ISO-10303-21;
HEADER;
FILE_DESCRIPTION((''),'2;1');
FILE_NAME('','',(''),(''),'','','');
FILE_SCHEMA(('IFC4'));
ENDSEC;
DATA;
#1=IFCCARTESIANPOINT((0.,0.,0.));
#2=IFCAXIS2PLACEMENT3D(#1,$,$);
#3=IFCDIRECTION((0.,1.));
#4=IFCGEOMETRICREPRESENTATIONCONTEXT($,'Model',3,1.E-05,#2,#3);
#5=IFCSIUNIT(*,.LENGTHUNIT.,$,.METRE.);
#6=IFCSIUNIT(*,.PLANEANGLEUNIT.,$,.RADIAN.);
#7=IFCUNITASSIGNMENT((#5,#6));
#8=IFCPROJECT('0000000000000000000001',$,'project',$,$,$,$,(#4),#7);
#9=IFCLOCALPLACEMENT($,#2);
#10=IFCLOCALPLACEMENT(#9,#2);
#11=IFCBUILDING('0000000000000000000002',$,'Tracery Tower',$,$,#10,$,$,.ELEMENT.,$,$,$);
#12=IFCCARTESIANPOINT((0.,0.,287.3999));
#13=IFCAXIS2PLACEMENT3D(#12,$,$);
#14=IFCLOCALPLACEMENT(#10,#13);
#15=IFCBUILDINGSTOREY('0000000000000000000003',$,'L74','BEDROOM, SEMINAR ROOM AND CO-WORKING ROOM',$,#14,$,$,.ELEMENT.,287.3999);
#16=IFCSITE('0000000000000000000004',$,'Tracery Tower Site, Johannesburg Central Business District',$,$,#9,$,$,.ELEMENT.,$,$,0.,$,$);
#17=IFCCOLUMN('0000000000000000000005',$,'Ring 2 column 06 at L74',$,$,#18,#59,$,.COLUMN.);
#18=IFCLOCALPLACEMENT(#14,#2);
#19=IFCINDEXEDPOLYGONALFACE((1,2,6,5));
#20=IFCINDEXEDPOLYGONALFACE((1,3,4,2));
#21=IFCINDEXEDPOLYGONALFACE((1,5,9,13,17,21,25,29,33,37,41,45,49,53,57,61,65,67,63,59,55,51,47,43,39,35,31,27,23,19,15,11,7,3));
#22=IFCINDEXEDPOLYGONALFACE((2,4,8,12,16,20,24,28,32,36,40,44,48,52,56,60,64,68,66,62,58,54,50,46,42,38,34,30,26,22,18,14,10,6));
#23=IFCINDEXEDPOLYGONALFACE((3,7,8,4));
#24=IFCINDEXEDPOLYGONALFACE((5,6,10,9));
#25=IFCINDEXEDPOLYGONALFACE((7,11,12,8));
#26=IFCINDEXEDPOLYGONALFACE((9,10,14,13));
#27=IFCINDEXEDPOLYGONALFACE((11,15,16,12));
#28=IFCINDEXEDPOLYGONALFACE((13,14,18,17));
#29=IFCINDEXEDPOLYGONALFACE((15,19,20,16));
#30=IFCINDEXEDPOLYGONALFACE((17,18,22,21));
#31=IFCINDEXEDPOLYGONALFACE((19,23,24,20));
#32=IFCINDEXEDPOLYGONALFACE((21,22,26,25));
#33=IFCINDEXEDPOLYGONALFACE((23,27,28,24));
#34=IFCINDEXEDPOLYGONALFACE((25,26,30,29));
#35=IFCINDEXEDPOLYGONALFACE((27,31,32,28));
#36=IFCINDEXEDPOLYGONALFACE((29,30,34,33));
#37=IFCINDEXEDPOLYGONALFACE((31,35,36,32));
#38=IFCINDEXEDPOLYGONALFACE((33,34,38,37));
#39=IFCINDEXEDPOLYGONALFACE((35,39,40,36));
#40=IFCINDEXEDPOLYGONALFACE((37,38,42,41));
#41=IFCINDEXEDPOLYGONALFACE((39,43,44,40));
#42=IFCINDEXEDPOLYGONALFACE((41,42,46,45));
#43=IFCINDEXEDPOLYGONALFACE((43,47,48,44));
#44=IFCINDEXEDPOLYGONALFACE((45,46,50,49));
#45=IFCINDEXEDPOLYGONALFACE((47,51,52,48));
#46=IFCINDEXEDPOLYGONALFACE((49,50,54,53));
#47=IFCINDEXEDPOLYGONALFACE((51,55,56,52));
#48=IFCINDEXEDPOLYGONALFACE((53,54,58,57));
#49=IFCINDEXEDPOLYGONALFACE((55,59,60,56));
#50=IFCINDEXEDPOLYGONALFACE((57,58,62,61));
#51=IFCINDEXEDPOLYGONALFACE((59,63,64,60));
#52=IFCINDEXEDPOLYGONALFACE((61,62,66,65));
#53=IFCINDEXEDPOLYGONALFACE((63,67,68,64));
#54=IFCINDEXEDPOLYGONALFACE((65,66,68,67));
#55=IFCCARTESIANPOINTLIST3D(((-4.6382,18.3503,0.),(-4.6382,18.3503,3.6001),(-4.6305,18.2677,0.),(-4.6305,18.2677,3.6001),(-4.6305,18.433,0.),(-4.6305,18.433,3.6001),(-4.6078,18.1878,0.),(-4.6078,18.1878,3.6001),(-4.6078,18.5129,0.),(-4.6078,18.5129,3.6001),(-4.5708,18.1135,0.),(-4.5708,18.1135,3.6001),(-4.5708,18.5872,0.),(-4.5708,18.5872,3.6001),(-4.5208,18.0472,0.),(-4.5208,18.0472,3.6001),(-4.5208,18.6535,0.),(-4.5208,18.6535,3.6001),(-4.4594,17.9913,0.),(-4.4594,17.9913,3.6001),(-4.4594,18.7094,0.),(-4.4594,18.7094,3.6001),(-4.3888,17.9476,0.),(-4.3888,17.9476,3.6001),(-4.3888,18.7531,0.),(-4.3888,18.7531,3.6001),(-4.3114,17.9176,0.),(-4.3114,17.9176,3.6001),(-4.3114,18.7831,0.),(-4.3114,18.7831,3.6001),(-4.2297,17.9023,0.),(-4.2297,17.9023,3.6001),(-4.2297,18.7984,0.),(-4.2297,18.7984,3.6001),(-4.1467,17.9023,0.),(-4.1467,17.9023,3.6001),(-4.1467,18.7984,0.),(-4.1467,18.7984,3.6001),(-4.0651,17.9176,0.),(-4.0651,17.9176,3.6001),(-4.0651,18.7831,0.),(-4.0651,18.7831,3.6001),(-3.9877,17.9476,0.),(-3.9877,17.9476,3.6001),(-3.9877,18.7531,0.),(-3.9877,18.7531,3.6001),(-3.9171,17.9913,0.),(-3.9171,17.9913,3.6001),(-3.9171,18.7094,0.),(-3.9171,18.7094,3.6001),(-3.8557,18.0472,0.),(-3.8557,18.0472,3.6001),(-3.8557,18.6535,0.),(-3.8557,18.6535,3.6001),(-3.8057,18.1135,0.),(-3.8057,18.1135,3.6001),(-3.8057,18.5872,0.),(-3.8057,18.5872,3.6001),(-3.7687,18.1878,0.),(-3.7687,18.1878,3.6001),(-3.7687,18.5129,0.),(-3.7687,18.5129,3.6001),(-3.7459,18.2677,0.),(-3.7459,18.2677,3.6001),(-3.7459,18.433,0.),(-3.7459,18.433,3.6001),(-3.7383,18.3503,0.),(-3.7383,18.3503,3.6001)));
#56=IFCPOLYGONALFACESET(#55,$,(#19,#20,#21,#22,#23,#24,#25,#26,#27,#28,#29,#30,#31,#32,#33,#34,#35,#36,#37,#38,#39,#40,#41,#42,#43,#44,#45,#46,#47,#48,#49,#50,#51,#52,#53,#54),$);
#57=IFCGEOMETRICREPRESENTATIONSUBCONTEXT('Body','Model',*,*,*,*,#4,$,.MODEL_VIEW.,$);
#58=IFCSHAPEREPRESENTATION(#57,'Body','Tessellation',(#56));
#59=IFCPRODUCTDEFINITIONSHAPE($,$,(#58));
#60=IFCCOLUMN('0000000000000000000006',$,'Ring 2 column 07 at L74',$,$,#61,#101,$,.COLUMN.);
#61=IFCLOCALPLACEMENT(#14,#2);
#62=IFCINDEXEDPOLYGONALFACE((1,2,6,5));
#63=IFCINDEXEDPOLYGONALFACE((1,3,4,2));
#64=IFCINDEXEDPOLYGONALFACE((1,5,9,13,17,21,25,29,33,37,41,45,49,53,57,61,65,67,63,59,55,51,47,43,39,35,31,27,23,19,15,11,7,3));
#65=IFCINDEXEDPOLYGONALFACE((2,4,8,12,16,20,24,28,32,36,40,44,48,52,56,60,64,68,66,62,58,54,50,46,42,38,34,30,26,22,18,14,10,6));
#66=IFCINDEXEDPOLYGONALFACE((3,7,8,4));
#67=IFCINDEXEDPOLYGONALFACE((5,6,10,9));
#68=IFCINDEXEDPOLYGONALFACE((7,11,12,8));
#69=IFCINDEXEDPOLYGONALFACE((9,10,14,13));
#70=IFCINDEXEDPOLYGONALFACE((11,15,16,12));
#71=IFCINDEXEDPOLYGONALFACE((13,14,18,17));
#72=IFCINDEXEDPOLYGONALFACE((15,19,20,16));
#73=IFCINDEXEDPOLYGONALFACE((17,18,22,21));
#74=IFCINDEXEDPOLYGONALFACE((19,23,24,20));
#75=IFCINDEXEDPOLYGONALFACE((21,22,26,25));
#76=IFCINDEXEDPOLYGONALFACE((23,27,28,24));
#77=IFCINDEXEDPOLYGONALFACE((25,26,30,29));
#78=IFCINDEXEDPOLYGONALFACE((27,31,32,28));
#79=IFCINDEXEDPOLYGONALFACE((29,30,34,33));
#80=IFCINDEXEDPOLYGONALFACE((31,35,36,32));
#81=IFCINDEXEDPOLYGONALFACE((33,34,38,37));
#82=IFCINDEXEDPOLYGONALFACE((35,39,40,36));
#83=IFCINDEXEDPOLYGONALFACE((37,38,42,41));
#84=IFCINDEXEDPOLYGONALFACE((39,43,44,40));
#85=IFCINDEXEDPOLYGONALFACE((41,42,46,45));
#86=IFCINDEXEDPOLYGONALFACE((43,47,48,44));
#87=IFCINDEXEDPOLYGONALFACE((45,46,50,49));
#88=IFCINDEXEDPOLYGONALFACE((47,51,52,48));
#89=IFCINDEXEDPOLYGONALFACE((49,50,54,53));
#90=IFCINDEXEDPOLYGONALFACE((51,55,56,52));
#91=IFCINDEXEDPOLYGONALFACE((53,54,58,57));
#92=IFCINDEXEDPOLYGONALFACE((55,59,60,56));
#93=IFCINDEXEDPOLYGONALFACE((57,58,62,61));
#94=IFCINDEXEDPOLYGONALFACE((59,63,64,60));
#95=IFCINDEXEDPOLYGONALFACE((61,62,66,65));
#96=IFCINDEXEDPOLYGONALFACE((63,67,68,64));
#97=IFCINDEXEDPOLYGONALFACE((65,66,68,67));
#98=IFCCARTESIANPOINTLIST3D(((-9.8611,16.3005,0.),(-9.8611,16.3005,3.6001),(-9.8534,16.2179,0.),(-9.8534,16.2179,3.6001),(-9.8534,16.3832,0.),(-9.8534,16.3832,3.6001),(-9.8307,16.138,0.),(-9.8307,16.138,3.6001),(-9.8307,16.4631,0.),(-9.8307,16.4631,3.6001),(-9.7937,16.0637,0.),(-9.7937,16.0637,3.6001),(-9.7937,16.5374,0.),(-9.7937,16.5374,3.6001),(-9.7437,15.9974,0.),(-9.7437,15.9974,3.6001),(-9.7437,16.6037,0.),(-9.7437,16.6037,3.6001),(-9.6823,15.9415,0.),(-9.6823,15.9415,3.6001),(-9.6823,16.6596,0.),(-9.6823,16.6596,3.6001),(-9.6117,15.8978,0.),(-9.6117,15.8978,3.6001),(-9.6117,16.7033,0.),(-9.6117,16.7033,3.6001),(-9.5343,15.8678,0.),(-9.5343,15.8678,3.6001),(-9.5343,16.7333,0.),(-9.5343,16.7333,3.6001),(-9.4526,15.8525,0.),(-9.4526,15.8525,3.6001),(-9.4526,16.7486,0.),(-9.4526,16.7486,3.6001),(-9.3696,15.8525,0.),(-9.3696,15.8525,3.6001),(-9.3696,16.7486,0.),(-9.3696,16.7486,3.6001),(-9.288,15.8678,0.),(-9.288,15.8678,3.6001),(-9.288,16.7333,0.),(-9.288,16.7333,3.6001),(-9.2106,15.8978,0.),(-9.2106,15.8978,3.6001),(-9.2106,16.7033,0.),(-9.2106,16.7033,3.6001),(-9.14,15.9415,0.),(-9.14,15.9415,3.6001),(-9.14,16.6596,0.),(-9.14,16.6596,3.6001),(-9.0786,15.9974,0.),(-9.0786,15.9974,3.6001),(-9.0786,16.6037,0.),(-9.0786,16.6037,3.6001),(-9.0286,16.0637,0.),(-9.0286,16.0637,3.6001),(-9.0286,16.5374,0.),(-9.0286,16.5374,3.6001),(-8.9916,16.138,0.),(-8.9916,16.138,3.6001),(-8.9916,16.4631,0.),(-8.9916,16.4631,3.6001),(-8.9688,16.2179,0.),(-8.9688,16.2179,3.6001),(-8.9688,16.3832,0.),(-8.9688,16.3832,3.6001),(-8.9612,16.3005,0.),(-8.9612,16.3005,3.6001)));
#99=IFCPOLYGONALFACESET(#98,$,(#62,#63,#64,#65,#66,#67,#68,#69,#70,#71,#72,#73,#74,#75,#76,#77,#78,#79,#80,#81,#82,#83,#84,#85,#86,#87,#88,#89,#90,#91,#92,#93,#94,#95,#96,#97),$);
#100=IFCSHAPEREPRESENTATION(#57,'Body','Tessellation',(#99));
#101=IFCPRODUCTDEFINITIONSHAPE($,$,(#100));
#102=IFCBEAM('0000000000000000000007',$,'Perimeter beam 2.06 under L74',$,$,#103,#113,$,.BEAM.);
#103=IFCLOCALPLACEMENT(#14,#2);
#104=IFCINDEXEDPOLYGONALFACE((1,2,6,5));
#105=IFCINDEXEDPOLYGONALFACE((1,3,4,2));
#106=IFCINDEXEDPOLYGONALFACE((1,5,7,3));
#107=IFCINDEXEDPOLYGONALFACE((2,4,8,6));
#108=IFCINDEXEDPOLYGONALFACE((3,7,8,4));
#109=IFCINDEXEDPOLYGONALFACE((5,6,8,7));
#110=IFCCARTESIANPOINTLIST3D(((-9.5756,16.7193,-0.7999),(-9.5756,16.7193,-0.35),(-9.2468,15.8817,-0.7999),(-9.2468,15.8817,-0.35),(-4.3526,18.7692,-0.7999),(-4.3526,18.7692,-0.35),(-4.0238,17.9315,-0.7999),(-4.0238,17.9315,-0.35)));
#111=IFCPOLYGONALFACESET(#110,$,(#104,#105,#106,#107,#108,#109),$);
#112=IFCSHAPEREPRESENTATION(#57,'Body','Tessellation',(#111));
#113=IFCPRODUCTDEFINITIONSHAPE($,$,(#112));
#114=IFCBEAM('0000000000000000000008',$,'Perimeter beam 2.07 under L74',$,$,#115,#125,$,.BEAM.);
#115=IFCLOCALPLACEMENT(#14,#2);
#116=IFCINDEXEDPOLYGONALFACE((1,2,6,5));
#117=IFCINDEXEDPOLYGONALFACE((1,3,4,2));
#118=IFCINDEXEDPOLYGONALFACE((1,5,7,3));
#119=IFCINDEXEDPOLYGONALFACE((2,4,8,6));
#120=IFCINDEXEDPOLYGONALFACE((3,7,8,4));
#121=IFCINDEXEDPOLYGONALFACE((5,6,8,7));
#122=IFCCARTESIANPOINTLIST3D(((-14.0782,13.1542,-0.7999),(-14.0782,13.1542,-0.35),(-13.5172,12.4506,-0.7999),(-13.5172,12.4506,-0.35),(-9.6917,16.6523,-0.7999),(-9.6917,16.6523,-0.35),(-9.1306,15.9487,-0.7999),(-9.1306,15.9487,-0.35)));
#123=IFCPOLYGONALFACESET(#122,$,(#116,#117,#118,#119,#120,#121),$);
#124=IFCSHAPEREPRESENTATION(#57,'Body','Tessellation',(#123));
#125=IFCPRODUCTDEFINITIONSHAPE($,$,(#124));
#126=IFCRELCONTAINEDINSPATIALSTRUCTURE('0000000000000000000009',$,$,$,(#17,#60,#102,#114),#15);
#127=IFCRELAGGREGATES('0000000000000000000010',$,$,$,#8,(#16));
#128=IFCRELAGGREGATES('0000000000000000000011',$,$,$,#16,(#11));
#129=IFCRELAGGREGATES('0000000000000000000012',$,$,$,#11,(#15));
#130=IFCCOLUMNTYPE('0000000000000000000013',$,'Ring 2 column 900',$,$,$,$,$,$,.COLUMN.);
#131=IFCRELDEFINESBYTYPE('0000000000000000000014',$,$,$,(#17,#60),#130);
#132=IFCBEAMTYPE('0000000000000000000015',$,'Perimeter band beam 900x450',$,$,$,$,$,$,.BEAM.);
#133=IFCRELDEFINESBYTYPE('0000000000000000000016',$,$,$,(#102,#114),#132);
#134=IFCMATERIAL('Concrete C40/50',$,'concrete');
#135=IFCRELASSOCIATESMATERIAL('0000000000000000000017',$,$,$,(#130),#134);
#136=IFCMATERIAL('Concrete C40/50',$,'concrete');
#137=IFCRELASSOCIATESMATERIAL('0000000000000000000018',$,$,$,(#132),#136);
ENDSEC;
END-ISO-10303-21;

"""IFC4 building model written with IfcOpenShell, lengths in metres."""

from ifc_helpers import new_model, si_unit, direction, frame, origin, origin_2d, place, context, subcontext, project, spatial, rectangle, circle, extrude, material, material_profile, profile_set, type_object, element, save


model = new_model("IFC4")

# Units and contexts
model_context = context("Model", 3, precision=1e-05, world=origin(), true_north=direction((0.0, 1.0)))
body_context = subcontext(model_context, "Body", "Model", "MODEL_VIEW")
ifc_project = project(units=[si_unit("LENGTHUNIT", "METRE"), si_unit("PLANEANGLEUNIT", "RADIAN")], contexts=[model_context])

# Site, building, storey
site_placement = place(None, origin())
site = spatial("IfcSite", under=ifc_project, at=site_placement, Name="Tracery Tower Site, Johannesburg Central Business District", CompositionType="ELEMENT", RefElevation=0.0)
building_placement = place(site_placement, origin())
building = spatial("IfcBuilding", under=site, at=building_placement, Name="Tracery Tower", CompositionType="ELEMENT")
storey_placement = place(building_placement, frame((0.0, 0.0, 287.3999)))
storey = spatial("IfcBuildingStorey", under=building, at=storey_placement, Name="L74", Description="BEDROOM, SEMINAR ROOM AND CO-WORKING ROOM", CompositionType="ELEMENT", Elevation=287.3999)

# Columns
ifc_material_1 = material(Name="Concrete C40/50", Category="concrete")
ifc_material_profile_1 = material_profile(ifc_material_1, circle(Radius=0.45, at=origin_2d()), Name="RC D900")
ifc_profile_set_1 = profile_set([ifc_material_profile_1], Name="Concrete C40/50")
column_type = type_object("IfcColumnType", Name="Ring 2 column 900", PredefinedType="COLUMN", material=ifc_profile_set_1)
for number, where, z_axis, x_axis, name in (
    (1, (-4.1882, 18.3503, 0.0), (0.0, 0.0, 1.0), (1.0, 0.0, 0.0), "Ring 2 column 06 at L74"),
    (2, (-9.4111, 16.3005, 0.0), (0.0, 0.0, 1.0), (1.0, 0.0, 0.0), "Ring 2 column 07 at L74"),
):
    element("IfcColumn", number, at=place(storey_placement, frame(where, z_axis=z_axis, x_axis=x_axis)), inside=storey, type_object=column_type, Name=name, PredefinedType="COLUMN", context=body_context, shape_type="SweptSolid", body=[
        extrude(circle(Radius=0.45, at=origin_2d()), origin(), (0.0, 0.0, 1.0), 3.6001),
    ])

# Beams
ifc_material_2 = material(Name="Concrete C40/50", Category="concrete")
ifc_material_profile_2 = material_profile(ifc_material_2, rectangle(XDim=0.8999, YDim=0.45, at=origin_2d()), Name="RC 900x450")
ifc_profile_set_2 = profile_set([ifc_material_profile_2], Name="Concrete C40/50")
beam_type = type_object("IfcBeamType", Name="Perimeter band beam 900x450", PredefinedType="BEAM", material=ifc_profile_set_2)
beam_1_placement = place(storey_placement, frame((-4.1882, 18.3503, -0.575), z_axis=(-0.930876, -0.365336, 0.0), x_axis=(0.365336, -0.930876, 0.0)))
element("IfcBeam", 3, at=beam_1_placement, inside=storey, type_object=beam_type, Name="Perimeter beam 2.06 under L74", PredefinedType="BEAM", context=body_context, shape_type="SweptSolid", body=[
    extrude(rectangle(XDim=0.8999, YDim=0.45, at=origin_2d()), origin(), (0.0, 0.0, 1.0), 5.6108),
])
beam_2_placement = place(storey_placement, frame((-9.4111, 16.3005, -0.575), z_axis=(-0.781836, -0.623484, 0.0), x_axis=(0.623484, -0.781836, 0.0)))
element("IfcBeam", 4, at=beam_2_placement, inside=storey, type_object=beam_type, Name="Perimeter beam 2.07 under L74", PredefinedType="BEAM", context=body_context, shape_type="SweptSolid", body=[
    extrude(rectangle(XDim=0.8999, YDim=0.45, at=origin_2d()), origin(), (0.0, 0.0, 1.0), 5.6106),
])

save(model, "model.ifc")
